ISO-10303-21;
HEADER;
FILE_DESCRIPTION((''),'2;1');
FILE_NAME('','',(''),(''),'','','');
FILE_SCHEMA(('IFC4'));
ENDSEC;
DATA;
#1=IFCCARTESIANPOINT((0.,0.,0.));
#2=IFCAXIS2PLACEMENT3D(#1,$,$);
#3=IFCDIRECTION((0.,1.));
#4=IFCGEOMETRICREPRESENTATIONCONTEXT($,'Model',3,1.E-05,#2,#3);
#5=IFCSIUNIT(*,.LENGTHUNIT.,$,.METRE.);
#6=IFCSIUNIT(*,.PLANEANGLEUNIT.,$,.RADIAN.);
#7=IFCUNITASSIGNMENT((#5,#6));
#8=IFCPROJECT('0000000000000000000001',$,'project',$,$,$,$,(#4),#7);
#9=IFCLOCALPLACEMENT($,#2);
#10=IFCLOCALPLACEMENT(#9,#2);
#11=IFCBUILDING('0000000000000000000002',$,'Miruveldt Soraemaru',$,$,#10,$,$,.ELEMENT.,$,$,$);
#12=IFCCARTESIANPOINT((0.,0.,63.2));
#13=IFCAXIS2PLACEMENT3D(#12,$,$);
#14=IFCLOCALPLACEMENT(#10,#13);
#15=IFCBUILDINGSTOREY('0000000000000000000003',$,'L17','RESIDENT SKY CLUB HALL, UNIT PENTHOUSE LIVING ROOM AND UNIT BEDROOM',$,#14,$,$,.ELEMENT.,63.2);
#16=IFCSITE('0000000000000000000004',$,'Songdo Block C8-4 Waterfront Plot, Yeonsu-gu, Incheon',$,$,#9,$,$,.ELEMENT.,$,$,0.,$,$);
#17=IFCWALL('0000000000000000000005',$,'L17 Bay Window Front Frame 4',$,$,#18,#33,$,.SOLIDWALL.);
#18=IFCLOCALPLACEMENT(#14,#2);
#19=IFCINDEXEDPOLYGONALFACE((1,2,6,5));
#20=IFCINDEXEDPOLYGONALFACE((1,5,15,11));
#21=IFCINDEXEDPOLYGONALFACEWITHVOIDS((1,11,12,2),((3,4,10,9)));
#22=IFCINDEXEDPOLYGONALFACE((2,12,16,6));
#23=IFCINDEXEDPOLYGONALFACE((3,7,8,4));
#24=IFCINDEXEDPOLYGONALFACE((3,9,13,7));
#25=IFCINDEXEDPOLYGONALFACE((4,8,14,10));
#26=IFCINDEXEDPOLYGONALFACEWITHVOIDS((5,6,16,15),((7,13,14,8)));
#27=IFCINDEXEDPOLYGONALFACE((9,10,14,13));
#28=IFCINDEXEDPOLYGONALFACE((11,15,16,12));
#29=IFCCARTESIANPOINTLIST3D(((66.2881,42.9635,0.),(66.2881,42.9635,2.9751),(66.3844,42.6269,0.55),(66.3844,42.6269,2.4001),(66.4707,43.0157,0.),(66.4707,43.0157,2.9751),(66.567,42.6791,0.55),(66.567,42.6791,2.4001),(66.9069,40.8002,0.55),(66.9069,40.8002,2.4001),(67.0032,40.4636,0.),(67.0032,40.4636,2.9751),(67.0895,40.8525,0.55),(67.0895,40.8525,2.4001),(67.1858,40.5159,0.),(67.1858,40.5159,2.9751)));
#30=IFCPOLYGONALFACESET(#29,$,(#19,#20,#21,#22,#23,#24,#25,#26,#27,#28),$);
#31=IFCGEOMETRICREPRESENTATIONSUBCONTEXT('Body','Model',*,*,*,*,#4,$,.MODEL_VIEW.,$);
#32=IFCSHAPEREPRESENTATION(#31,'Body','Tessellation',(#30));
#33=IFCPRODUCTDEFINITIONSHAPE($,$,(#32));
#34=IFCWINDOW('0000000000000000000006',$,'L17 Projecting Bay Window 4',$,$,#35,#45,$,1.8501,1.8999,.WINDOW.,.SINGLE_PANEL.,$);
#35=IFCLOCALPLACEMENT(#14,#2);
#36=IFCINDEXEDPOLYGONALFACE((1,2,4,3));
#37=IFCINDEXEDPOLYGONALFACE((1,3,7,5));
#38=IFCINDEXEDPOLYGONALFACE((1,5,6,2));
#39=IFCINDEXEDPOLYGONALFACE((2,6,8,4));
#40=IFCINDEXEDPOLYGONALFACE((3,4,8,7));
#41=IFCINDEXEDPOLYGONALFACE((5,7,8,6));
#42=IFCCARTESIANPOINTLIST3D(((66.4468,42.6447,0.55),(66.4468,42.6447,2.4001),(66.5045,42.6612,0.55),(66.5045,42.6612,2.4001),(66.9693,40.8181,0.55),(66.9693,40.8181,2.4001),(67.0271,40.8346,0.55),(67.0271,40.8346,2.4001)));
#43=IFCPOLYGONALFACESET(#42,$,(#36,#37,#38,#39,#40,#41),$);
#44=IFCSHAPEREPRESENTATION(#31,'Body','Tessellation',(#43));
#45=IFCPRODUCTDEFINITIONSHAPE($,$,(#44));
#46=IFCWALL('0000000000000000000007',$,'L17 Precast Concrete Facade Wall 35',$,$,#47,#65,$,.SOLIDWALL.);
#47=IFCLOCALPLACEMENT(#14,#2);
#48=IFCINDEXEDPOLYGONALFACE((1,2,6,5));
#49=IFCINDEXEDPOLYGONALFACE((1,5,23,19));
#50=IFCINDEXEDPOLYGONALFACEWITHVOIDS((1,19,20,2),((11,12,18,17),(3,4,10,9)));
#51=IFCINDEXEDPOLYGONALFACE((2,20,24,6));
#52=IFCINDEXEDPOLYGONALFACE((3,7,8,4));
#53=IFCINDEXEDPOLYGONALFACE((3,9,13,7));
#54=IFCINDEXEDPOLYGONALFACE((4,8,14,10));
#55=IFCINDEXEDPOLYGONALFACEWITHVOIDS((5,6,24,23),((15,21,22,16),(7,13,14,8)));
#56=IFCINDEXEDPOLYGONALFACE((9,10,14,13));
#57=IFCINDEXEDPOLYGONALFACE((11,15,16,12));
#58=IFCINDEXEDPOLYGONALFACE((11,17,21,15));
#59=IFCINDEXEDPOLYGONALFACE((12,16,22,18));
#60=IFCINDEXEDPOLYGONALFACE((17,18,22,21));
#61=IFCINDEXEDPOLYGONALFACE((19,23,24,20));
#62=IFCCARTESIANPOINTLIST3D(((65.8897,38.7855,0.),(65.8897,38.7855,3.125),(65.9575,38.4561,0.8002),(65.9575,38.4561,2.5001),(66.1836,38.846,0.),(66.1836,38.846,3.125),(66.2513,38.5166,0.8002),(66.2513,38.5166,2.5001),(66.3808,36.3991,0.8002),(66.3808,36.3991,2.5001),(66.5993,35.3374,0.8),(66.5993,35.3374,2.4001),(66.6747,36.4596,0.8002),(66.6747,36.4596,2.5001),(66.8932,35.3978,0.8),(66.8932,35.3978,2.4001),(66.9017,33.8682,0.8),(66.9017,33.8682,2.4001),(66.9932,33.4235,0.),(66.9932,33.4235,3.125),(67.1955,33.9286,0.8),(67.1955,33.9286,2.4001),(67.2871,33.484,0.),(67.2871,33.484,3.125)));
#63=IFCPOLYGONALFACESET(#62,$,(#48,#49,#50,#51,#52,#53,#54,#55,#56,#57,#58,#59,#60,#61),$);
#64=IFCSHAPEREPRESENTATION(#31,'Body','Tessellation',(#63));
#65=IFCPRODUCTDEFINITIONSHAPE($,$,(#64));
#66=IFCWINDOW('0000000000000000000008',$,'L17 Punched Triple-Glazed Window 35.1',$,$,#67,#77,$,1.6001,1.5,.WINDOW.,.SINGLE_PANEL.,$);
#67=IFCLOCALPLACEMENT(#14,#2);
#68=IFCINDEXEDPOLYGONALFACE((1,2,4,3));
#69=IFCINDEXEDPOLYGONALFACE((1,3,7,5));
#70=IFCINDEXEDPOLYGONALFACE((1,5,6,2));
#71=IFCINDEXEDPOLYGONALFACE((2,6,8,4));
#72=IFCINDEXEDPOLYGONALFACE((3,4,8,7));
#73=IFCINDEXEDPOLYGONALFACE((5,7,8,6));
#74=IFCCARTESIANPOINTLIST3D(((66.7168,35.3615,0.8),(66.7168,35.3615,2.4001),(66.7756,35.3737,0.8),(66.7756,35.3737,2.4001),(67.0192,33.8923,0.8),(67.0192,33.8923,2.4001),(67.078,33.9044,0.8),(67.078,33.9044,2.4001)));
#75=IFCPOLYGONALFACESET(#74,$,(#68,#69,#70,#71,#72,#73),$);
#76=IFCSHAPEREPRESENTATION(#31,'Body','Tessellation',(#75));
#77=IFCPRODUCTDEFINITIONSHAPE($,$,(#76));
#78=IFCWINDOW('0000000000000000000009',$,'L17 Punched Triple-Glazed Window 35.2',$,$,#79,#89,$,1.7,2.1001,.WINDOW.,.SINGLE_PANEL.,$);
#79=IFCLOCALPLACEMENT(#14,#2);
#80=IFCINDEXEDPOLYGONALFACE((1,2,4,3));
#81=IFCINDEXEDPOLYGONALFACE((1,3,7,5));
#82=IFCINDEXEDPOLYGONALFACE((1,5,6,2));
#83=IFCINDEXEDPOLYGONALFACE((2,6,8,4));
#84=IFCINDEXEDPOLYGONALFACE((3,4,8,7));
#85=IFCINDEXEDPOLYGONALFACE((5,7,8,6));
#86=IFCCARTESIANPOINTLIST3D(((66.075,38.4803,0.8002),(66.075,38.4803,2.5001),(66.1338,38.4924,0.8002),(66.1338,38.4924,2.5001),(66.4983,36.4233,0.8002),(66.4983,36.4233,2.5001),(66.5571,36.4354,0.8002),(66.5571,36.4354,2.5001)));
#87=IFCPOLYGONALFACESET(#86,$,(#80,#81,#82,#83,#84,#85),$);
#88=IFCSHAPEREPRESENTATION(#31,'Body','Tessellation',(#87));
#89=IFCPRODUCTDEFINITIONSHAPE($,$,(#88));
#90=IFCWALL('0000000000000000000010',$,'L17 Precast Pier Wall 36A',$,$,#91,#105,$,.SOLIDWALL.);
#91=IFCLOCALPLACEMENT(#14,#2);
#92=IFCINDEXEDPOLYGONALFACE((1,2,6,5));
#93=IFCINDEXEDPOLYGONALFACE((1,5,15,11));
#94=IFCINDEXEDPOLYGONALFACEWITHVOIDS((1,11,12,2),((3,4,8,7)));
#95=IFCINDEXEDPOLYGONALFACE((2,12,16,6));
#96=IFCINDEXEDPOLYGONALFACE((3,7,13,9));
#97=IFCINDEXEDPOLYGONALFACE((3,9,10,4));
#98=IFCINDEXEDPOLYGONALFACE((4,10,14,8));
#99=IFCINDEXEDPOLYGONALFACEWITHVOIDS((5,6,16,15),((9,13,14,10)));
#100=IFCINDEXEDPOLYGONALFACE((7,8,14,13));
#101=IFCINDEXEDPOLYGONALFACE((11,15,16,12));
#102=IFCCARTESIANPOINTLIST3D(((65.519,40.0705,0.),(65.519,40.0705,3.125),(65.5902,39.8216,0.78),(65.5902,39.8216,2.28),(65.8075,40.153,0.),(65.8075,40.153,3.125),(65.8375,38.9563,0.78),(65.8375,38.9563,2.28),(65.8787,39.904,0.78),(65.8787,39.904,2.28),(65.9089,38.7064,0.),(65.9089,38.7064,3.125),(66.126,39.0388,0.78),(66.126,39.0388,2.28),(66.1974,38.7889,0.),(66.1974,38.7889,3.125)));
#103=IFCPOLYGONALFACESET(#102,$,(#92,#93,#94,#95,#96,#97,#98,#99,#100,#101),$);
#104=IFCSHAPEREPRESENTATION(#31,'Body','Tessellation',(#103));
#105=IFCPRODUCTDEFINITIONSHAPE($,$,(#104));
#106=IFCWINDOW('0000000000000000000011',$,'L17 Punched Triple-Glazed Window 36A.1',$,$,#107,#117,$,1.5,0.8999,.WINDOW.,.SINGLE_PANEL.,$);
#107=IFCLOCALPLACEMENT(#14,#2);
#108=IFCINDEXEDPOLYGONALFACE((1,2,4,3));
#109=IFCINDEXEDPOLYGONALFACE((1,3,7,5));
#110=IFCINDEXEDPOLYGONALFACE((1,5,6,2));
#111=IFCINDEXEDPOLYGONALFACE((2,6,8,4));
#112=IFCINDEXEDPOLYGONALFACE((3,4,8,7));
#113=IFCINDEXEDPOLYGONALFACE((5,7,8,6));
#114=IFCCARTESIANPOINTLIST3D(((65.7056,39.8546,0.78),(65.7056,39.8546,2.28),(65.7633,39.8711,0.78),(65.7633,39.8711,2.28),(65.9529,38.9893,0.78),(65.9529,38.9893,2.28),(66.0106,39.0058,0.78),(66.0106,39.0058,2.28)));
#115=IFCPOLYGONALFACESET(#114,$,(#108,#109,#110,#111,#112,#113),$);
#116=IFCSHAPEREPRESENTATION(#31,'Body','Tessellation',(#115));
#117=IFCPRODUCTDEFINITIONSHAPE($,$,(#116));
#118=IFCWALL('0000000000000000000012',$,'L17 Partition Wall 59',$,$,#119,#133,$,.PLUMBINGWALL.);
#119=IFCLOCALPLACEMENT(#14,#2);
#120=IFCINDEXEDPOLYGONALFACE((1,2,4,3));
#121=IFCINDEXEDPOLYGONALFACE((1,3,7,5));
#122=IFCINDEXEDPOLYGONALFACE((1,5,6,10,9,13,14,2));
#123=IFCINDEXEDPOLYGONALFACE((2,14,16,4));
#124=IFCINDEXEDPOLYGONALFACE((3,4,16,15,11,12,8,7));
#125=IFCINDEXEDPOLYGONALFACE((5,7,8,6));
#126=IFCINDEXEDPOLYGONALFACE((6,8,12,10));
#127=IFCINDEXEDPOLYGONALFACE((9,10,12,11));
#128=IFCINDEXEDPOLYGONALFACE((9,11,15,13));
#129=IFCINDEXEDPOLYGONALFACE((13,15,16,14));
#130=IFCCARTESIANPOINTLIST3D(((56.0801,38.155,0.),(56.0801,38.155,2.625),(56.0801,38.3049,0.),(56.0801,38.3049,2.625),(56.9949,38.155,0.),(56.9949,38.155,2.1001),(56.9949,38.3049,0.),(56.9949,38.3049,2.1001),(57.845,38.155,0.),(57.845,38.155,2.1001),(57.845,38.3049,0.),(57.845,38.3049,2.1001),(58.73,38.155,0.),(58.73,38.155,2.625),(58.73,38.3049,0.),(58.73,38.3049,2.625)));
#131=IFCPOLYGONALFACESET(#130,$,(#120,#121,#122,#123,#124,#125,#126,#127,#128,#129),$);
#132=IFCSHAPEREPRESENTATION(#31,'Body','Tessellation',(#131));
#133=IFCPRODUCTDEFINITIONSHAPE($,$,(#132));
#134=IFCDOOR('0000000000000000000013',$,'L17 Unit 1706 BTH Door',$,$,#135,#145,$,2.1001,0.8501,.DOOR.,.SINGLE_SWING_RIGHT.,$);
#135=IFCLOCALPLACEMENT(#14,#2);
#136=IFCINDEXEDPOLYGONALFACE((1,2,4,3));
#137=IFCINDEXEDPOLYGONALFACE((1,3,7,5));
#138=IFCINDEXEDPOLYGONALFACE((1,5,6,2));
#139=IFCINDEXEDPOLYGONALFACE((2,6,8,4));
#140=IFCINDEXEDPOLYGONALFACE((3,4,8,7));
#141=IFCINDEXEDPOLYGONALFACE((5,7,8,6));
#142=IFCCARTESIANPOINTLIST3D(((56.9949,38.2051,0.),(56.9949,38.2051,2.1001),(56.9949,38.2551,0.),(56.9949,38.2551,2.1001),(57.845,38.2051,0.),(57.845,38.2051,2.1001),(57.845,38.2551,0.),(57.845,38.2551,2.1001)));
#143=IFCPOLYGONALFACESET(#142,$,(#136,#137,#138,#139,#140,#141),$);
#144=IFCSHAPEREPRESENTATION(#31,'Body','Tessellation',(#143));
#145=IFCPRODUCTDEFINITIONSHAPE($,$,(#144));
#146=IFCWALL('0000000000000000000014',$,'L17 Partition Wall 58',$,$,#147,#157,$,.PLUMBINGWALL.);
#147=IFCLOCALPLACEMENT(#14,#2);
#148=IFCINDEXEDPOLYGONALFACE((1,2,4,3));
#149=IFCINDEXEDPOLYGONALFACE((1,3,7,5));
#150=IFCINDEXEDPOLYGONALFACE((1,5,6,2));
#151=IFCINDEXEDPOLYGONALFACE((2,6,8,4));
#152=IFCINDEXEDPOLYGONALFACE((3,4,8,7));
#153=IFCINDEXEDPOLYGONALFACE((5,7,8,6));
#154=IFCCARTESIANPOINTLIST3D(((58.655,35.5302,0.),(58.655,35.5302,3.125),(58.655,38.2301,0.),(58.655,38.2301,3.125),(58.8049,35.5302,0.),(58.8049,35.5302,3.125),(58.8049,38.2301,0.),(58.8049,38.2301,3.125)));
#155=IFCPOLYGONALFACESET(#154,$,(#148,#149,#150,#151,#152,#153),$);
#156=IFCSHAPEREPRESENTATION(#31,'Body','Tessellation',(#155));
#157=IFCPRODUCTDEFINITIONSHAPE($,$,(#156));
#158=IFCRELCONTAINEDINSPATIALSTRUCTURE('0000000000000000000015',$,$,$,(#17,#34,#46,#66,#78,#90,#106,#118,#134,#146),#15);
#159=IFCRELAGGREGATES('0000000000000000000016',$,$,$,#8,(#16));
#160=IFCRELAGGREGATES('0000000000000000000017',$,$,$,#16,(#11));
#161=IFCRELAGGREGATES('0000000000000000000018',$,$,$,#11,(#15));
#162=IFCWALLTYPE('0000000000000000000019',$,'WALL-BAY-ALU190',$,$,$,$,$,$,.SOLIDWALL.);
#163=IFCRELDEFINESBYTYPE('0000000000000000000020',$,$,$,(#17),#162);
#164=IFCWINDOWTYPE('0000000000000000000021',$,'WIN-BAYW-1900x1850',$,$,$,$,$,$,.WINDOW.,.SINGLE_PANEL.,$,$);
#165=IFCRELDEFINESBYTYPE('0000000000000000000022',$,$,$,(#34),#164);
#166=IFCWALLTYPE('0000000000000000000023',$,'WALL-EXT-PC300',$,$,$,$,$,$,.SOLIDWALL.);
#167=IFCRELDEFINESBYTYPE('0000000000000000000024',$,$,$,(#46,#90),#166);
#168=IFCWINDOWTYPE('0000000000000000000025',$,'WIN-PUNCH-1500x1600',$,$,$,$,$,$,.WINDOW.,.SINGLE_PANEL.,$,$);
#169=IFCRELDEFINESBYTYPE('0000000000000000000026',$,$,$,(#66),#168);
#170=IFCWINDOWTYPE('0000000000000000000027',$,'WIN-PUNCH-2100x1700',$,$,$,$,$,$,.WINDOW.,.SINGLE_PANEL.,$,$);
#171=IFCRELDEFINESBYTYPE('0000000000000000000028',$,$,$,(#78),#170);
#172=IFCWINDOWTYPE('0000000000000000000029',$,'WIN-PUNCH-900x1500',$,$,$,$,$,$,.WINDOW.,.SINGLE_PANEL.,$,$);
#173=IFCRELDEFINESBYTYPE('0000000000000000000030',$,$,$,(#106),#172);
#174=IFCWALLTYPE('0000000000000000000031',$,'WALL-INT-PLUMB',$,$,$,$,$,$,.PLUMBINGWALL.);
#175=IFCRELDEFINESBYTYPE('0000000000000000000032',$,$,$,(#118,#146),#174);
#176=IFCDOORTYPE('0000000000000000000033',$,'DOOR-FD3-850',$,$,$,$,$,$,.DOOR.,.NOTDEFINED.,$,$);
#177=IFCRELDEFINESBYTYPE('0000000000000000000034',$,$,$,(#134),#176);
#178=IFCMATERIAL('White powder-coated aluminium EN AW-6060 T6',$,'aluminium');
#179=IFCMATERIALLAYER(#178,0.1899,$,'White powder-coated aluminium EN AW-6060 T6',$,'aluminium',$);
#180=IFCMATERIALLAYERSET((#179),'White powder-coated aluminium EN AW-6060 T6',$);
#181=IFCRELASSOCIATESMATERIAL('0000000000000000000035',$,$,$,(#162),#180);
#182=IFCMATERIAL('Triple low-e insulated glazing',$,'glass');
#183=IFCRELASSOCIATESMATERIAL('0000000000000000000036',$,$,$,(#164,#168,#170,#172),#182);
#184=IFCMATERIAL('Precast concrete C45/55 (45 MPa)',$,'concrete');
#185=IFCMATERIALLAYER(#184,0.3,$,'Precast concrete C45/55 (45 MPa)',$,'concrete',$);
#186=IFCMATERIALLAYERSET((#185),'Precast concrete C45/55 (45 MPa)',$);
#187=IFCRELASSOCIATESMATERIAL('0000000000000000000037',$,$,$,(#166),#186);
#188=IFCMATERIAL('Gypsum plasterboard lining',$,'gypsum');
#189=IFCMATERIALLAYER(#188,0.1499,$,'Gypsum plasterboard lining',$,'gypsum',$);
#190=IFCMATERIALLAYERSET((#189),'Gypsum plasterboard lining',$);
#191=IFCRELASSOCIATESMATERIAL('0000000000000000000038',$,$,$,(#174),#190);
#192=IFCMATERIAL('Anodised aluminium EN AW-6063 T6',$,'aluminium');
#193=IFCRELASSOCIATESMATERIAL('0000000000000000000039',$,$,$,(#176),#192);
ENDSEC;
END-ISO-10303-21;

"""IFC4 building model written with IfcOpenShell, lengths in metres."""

from ifc_helpers import new_model, si_unit, direction, frame, frame_2d, origin, place, context, subcontext, project, spatial, rectangle, extrude, material, layer, layer_set, type_object, element, fill, save


model = new_model("IFC4")

# Units and contexts
model_context = context("Model", 3, precision=1e-05, world=origin(), true_north=direction((0.0, 1.0)))
body_context = subcontext(model_context, "Body", "Model", "MODEL_VIEW")
ifc_project = project(units=[si_unit("LENGTHUNIT", "METRE"), si_unit("PLANEANGLEUNIT", "RADIAN")], contexts=[model_context])

# Site, building, storey
site_placement = place(None, origin())
site = spatial("IfcSite", under=ifc_project, at=site_placement, Name="Songdo Block C8-4 Waterfront Plot, Yeonsu-gu, Incheon", CompositionType="ELEMENT", RefElevation=0.0)
building_placement = place(site_placement, origin())
building = spatial("IfcBuilding", under=site, at=building_placement, Name="Miruveldt Soraemaru", CompositionType="ELEMENT")
storey_placement = place(building_placement, frame((0.0, 0.0, 63.2)))
storey = spatial("IfcBuildingStorey", under=building, at=storey_placement, Name="L17", Description="RESIDENT SKY CLUB HALL, UNIT PENTHOUSE LIVING ROOM AND UNIT BEDROOM", CompositionType="ELEMENT", Elevation=63.2)

# Shared definitions
ifc_material_1 = material(Name="White powder-coated aluminium EN AW-6060 T6", Category="aluminium")
ifc_layer_1 = layer(ifc_material_1, 0.1899, Name="White powder-coated aluminium EN AW-6060 T6", Category="aluminium")
ifc_layer_set_1 = layer_set([ifc_layer_1], Name="White powder-coated aluminium EN AW-6060 T6")
wall_type_1 = type_object("IfcWallType", Name="WALL-BAY-ALU190", PredefinedType="SOLIDWALL", material=ifc_layer_set_1)

# Wall, opening, window
wall_1_placement = place(storey_placement, frame((67.0945, 40.4897, 0.0), z_axis=(0.0, 0.0, 1.0), x_axis=(-0.275031, 0.961435, 0.0)))
wall_1 = element("IfcWall", 1, at=wall_1_placement, inside=storey, type_object=wall_type_1, Name="L17 Bay Window Front Frame 4", PredefinedType="SOLIDWALL", context=body_context, shape_type="SweptSolid", body=[
    extrude(rectangle(XDim=2.6001, YDim=0.1899, at=frame_2d((1.3, 0.0))), origin(), (0.0, 0.0, 1.0), 2.9751),
])
opening_1_placement = place(wall_1_placement, frame((0.3501, 0.0, 0.55)))
opening_1 = element("IfcOpeningElement", 2, at=opening_1_placement, cuts=wall_1, PredefinedType="OPENING", context=body_context, shape_type="SweptSolid", body=[
    extrude(rectangle(XDim=1.8999, YDim=1.8501, at=frame_2d((0.95, 0.925))), frame((0.0, 0.105, 0.0), z_axis=(0.0, -1.0, 0.0), x_axis=(1.0, 0.0, 0.0)), (0.0, 0.0, 1.0), 0.21),
])
ifc_material_2 = material(Name="Triple low-e insulated glazing", Category="glass")
window_type_1 = type_object("IfcWindowType", Name="WIN-BAYW-1900x1850", PartitioningType="SINGLE_PANEL", PredefinedType="WINDOW", material=ifc_material_2)
window_1_placement = place(opening_1_placement, origin())
window_1 = element("IfcWindow", 3, at=window_1_placement, inside=storey, type_object=window_type_1, Name="L17 Projecting Bay Window 4", OverallHeight=1.8501, OverallWidth=1.8999, PartitioningType="SINGLE_PANEL", PredefinedType="WINDOW", context=body_context, shape_type="SweptSolid", body=[
    extrude(rectangle(XDim=1.8999, YDim=1.8501, at=frame_2d((0.95, 0.925))), frame((0.0, 0.03, 0.0), z_axis=(0.0, -1.0, 0.0), x_axis=(1.0, 0.0, 0.0)), (0.0, 0.0, 1.0), 0.0601),
])
fill(opening_1, window_1)

# Wall, openings, windows
ifc_material_3 = material(Name="Precast concrete C45/55 (45 MPa)", Category="concrete")
ifc_layer_2 = layer(ifc_material_3, 0.3, Name="Precast concrete C45/55 (45 MPa)", Category="concrete")
ifc_layer_set_2 = layer_set([ifc_layer_2], Name="Precast concrete C45/55 (45 MPa)")
wall_type_2 = type_object("IfcWallType", Name="WALL-EXT-PC300", PredefinedType="SOLIDWALL", material=ifc_layer_set_2)
wall_2_placement = place(storey_placement, frame((67.1401, 33.4536, 0.0), z_axis=(0.0, 0.0, 1.0), x_axis=(-0.201576, 0.979473, 0.0)))
wall_2 = element("IfcWall", 4, at=wall_2_placement, inside=storey, type_object=wall_type_2, Name="L17 Precast Concrete Facade Wall 35", PredefinedType="SOLIDWALL", context=body_context, shape_type="SweptSolid", body=[
    extrude(rectangle(XDim=5.4744, YDim=0.3, at=frame_2d((2.7373, 0.0))), origin(), (0.0, 0.0, 1.0), 3.125),
])
opening_2_placement = place(wall_2_placement, frame((0.4541, 0.0, 0.8)))
opening_2 = element("IfcOpeningElement", 5, at=opening_2_placement, cuts=wall_2, PredefinedType="OPENING", context=body_context, shape_type="SweptSolid", body=[
    extrude(rectangle(XDim=1.5, YDim=1.6001, at=frame_2d((0.75, 0.8))), frame((0.0, 0.1602, 0.0), z_axis=(0.0, -1.0, 0.0), x_axis=(1.0, 0.0, 0.0)), (0.0, 0.0, 1.0), 0.3201),
])
opening_3_placement = place(wall_2_placement, frame((3.0381, 0.0, 0.8)))
opening_3 = element("IfcOpeningElement", 6, at=opening_3_placement, cuts=wall_2, PredefinedType="OPENING", context=body_context, shape_type="SweptSolid", body=[
    extrude(rectangle(XDim=2.1001, YDim=1.7, at=frame_2d((1.05, 0.8501))), frame((0.0, 0.1602, 0.0), z_axis=(0.0, -1.0, 0.0), x_axis=(1.0, 0.0, 0.0)), (0.0, 0.0, 1.0), 0.3201),
])
window_type_2 = type_object("IfcWindowType", Name="WIN-PUNCH-1500x1600", PartitioningType="SINGLE_PANEL", PredefinedType="WINDOW", material=ifc_material_2)
window_2_placement = place(opening_2_placement, origin())
window_2 = element("IfcWindow", 7, at=window_2_placement, inside=storey, type_object=window_type_2, Name="L17 Punched Triple-Glazed Window 35.1", OverallHeight=1.6001, OverallWidth=1.5, PartitioningType="SINGLE_PANEL", PredefinedType="WINDOW", context=body_context, shape_type="SweptSolid", body=[
    extrude(rectangle(XDim=1.5, YDim=1.6001, at=frame_2d((0.75, 0.8))), frame((0.0, 0.03, 0.0), z_axis=(0.0, -1.0, 0.0), x_axis=(1.0, 0.0, 0.0)), (0.0, 0.0, 1.0), 0.0601),
])
fill(opening_2, window_2)
window_type_3 = type_object("IfcWindowType", Name="WIN-PUNCH-2100x1700", PartitioningType="SINGLE_PANEL", PredefinedType="WINDOW", material=ifc_material_2)
window_3_placement = place(opening_3_placement, origin())
window_3 = element("IfcWindow", 8, at=window_3_placement, inside=storey, type_object=window_type_3, Name="L17 Punched Triple-Glazed Window 35.2", OverallHeight=1.7, OverallWidth=2.1001, PartitioningType="SINGLE_PANEL", PredefinedType="WINDOW", context=body_context, shape_type="SweptSolid", body=[
    extrude(rectangle(XDim=2.1001, YDim=1.7, at=frame_2d((1.05, 0.8501))), frame((0.0, 0.03, 0.0), z_axis=(0.0, -1.0, 0.0), x_axis=(1.0, 0.0, 0.0)), (0.0, 0.0, 1.0), 0.0601),
])
fill(opening_3, window_3)

# Wall, opening, window
wall_3_placement = place(storey_placement, frame((66.0532, 38.7476, 0.0), z_axis=(0.0, 0.0, 1.0), x_axis=(-0.274835, 0.961491, 0.0)))
wall_3 = element("IfcWall", 9, at=wall_3_placement, inside=storey, type_object=wall_type_2, Name="L17 Precast Pier Wall 36A", PredefinedType="SOLIDWALL", context=body_context, shape_type="SweptSolid", body=[
    extrude(rectangle(XDim=1.4187, YDim=0.3, at=frame_2d((0.7095, 0.0))), origin(), (0.0, 0.0, 1.0), 3.125),
])
opening_4_placement = place(wall_3_placement, frame((0.26, 0.0, 0.78)))
opening_4 = element("IfcOpeningElement", 10, at=opening_4_placement, cuts=wall_3, PredefinedType="OPENING", context=body_context, shape_type="SweptSolid", body=[
    extrude(rectangle(XDim=0.8999, YDim=1.5, at=frame_2d((0.45, 0.75))), frame((0.0, 0.1602, 0.0), z_axis=(0.0, -1.0, 0.0), x_axis=(1.0, 0.0, 0.0)), (0.0, 0.0, 1.0), 0.3201),
])
window_type_4 = type_object("IfcWindowType", Name="WIN-PUNCH-900x1500", PartitioningType="SINGLE_PANEL", PredefinedType="WINDOW", material=ifc_material_2)
window_4_placement = place(opening_4_placement, origin())
window_4 = element("IfcWindow", 11, at=window_4_placement, inside=storey, type_object=window_type_4, Name="L17 Punched Triple-Glazed Window 36A.1", OverallHeight=1.5, OverallWidth=0.8999, PartitioningType="SINGLE_PANEL", PredefinedType="WINDOW", context=body_context, shape_type="SweptSolid", body=[
    extrude(rectangle(XDim=0.8999, YDim=1.5, at=frame_2d((0.45, 0.75))), frame((0.0, 0.03, 0.0), z_axis=(0.0, -1.0, 0.0), x_axis=(1.0, 0.0, 0.0)), (0.0, 0.0, 1.0), 0.0601),
])
fill(opening_4, window_4)

# Wall, opening, door
ifc_material_4 = material(Name="Gypsum plasterboard lining", Category="gypsum")
ifc_layer_3 = layer(ifc_material_4, 0.1499, Name="Gypsum plasterboard lining", Category="gypsum")
ifc_layer_set_3 = layer_set([ifc_layer_3], Name="Gypsum plasterboard lining")
wall_type_3 = type_object("IfcWallType", Name="WALL-INT-PLUMB", PredefinedType="PLUMBINGWALL", material=ifc_layer_set_3)
wall_4_placement = place(storey_placement, frame((58.73, 38.23, 0.0), z_axis=(0.0, 0.0, 1.0), x_axis=(-1.0, 0.0, 0.0)))
wall_4 = element("IfcWall", 12, at=wall_4_placement, inside=storey, type_object=wall_type_3, Name="L17 Partition Wall 59", PredefinedType="PLUMBINGWALL", context=body_context, shape_type="SweptSolid", body=[
    extrude(rectangle(XDim=2.6499, YDim=0.1499, at=frame_2d((1.325, 0.0))), origin(), (0.0, 0.0, 1.0), 2.625),
])
opening_5_placement = place(wall_4_placement, frame((0.885, 0.0, 0.0)))
opening_5 = element("IfcOpeningElement", 13, at=opening_5_placement, cuts=wall_4, PredefinedType="OPENING", context=body_context, shape_type="SweptSolid", body=[
    extrude(rectangle(XDim=0.8501, YDim=2.1001, at=frame_2d((0.425, 1.05))), frame((0.0, 0.085, 0.0), z_axis=(0.0, -1.0, 0.0), x_axis=(1.0, 0.0, 0.0)), (0.0, 0.0, 1.0), 0.1699),
])
ifc_material_5 = material(Name="Anodised aluminium EN AW-6063 T6", Category="aluminium")
door_type_1 = type_object("IfcDoorType", Name="DOOR-FD3-850", OperationType="NOTDEFINED", PredefinedType="DOOR", material=ifc_material_5)
door_1_placement = place(opening_5_placement, origin())
door_1 = element("IfcDoor", 14, at=door_1_placement, inside=storey, type_object=door_type_1, Name="L17 Unit 1706 BTH Door", OperationType="SINGLE_SWING_RIGHT", OverallHeight=2.1001, OverallWidth=0.8501, PredefinedType="DOOR", context=body_context, shape_type="SweptSolid", body=[
    extrude(rectangle(XDim=0.8501, YDim=2.1001, at=frame_2d((0.425, 1.05))), frame((0.0, 0.0249, 0.0), z_axis=(0.0, -1.0, 0.0), x_axis=(1.0, 0.0, 0.0)), (0.0, 0.0, 1.0), 0.05),
])
fill(opening_5, door_1)

# Wall
wall_5_placement = place(storey_placement, frame((58.73, 35.53, 0.0), z_axis=(0.0, 0.0, 1.0), x_axis=(0.0, 1.0, 0.0)))
element("IfcWall", 15, at=wall_5_placement, inside=storey, type_object=wall_type_3, Name="L17 Partition Wall 58", PredefinedType="PLUMBINGWALL", context=body_context, shape_type="SweptSolid", body=[
    extrude(rectangle(XDim=2.7, YDim=0.1499, at=frame_2d((1.3501, 0.0))), origin(), (0.0, 0.0, 1.0), 3.125),
])

save(model, "model.ifc")
